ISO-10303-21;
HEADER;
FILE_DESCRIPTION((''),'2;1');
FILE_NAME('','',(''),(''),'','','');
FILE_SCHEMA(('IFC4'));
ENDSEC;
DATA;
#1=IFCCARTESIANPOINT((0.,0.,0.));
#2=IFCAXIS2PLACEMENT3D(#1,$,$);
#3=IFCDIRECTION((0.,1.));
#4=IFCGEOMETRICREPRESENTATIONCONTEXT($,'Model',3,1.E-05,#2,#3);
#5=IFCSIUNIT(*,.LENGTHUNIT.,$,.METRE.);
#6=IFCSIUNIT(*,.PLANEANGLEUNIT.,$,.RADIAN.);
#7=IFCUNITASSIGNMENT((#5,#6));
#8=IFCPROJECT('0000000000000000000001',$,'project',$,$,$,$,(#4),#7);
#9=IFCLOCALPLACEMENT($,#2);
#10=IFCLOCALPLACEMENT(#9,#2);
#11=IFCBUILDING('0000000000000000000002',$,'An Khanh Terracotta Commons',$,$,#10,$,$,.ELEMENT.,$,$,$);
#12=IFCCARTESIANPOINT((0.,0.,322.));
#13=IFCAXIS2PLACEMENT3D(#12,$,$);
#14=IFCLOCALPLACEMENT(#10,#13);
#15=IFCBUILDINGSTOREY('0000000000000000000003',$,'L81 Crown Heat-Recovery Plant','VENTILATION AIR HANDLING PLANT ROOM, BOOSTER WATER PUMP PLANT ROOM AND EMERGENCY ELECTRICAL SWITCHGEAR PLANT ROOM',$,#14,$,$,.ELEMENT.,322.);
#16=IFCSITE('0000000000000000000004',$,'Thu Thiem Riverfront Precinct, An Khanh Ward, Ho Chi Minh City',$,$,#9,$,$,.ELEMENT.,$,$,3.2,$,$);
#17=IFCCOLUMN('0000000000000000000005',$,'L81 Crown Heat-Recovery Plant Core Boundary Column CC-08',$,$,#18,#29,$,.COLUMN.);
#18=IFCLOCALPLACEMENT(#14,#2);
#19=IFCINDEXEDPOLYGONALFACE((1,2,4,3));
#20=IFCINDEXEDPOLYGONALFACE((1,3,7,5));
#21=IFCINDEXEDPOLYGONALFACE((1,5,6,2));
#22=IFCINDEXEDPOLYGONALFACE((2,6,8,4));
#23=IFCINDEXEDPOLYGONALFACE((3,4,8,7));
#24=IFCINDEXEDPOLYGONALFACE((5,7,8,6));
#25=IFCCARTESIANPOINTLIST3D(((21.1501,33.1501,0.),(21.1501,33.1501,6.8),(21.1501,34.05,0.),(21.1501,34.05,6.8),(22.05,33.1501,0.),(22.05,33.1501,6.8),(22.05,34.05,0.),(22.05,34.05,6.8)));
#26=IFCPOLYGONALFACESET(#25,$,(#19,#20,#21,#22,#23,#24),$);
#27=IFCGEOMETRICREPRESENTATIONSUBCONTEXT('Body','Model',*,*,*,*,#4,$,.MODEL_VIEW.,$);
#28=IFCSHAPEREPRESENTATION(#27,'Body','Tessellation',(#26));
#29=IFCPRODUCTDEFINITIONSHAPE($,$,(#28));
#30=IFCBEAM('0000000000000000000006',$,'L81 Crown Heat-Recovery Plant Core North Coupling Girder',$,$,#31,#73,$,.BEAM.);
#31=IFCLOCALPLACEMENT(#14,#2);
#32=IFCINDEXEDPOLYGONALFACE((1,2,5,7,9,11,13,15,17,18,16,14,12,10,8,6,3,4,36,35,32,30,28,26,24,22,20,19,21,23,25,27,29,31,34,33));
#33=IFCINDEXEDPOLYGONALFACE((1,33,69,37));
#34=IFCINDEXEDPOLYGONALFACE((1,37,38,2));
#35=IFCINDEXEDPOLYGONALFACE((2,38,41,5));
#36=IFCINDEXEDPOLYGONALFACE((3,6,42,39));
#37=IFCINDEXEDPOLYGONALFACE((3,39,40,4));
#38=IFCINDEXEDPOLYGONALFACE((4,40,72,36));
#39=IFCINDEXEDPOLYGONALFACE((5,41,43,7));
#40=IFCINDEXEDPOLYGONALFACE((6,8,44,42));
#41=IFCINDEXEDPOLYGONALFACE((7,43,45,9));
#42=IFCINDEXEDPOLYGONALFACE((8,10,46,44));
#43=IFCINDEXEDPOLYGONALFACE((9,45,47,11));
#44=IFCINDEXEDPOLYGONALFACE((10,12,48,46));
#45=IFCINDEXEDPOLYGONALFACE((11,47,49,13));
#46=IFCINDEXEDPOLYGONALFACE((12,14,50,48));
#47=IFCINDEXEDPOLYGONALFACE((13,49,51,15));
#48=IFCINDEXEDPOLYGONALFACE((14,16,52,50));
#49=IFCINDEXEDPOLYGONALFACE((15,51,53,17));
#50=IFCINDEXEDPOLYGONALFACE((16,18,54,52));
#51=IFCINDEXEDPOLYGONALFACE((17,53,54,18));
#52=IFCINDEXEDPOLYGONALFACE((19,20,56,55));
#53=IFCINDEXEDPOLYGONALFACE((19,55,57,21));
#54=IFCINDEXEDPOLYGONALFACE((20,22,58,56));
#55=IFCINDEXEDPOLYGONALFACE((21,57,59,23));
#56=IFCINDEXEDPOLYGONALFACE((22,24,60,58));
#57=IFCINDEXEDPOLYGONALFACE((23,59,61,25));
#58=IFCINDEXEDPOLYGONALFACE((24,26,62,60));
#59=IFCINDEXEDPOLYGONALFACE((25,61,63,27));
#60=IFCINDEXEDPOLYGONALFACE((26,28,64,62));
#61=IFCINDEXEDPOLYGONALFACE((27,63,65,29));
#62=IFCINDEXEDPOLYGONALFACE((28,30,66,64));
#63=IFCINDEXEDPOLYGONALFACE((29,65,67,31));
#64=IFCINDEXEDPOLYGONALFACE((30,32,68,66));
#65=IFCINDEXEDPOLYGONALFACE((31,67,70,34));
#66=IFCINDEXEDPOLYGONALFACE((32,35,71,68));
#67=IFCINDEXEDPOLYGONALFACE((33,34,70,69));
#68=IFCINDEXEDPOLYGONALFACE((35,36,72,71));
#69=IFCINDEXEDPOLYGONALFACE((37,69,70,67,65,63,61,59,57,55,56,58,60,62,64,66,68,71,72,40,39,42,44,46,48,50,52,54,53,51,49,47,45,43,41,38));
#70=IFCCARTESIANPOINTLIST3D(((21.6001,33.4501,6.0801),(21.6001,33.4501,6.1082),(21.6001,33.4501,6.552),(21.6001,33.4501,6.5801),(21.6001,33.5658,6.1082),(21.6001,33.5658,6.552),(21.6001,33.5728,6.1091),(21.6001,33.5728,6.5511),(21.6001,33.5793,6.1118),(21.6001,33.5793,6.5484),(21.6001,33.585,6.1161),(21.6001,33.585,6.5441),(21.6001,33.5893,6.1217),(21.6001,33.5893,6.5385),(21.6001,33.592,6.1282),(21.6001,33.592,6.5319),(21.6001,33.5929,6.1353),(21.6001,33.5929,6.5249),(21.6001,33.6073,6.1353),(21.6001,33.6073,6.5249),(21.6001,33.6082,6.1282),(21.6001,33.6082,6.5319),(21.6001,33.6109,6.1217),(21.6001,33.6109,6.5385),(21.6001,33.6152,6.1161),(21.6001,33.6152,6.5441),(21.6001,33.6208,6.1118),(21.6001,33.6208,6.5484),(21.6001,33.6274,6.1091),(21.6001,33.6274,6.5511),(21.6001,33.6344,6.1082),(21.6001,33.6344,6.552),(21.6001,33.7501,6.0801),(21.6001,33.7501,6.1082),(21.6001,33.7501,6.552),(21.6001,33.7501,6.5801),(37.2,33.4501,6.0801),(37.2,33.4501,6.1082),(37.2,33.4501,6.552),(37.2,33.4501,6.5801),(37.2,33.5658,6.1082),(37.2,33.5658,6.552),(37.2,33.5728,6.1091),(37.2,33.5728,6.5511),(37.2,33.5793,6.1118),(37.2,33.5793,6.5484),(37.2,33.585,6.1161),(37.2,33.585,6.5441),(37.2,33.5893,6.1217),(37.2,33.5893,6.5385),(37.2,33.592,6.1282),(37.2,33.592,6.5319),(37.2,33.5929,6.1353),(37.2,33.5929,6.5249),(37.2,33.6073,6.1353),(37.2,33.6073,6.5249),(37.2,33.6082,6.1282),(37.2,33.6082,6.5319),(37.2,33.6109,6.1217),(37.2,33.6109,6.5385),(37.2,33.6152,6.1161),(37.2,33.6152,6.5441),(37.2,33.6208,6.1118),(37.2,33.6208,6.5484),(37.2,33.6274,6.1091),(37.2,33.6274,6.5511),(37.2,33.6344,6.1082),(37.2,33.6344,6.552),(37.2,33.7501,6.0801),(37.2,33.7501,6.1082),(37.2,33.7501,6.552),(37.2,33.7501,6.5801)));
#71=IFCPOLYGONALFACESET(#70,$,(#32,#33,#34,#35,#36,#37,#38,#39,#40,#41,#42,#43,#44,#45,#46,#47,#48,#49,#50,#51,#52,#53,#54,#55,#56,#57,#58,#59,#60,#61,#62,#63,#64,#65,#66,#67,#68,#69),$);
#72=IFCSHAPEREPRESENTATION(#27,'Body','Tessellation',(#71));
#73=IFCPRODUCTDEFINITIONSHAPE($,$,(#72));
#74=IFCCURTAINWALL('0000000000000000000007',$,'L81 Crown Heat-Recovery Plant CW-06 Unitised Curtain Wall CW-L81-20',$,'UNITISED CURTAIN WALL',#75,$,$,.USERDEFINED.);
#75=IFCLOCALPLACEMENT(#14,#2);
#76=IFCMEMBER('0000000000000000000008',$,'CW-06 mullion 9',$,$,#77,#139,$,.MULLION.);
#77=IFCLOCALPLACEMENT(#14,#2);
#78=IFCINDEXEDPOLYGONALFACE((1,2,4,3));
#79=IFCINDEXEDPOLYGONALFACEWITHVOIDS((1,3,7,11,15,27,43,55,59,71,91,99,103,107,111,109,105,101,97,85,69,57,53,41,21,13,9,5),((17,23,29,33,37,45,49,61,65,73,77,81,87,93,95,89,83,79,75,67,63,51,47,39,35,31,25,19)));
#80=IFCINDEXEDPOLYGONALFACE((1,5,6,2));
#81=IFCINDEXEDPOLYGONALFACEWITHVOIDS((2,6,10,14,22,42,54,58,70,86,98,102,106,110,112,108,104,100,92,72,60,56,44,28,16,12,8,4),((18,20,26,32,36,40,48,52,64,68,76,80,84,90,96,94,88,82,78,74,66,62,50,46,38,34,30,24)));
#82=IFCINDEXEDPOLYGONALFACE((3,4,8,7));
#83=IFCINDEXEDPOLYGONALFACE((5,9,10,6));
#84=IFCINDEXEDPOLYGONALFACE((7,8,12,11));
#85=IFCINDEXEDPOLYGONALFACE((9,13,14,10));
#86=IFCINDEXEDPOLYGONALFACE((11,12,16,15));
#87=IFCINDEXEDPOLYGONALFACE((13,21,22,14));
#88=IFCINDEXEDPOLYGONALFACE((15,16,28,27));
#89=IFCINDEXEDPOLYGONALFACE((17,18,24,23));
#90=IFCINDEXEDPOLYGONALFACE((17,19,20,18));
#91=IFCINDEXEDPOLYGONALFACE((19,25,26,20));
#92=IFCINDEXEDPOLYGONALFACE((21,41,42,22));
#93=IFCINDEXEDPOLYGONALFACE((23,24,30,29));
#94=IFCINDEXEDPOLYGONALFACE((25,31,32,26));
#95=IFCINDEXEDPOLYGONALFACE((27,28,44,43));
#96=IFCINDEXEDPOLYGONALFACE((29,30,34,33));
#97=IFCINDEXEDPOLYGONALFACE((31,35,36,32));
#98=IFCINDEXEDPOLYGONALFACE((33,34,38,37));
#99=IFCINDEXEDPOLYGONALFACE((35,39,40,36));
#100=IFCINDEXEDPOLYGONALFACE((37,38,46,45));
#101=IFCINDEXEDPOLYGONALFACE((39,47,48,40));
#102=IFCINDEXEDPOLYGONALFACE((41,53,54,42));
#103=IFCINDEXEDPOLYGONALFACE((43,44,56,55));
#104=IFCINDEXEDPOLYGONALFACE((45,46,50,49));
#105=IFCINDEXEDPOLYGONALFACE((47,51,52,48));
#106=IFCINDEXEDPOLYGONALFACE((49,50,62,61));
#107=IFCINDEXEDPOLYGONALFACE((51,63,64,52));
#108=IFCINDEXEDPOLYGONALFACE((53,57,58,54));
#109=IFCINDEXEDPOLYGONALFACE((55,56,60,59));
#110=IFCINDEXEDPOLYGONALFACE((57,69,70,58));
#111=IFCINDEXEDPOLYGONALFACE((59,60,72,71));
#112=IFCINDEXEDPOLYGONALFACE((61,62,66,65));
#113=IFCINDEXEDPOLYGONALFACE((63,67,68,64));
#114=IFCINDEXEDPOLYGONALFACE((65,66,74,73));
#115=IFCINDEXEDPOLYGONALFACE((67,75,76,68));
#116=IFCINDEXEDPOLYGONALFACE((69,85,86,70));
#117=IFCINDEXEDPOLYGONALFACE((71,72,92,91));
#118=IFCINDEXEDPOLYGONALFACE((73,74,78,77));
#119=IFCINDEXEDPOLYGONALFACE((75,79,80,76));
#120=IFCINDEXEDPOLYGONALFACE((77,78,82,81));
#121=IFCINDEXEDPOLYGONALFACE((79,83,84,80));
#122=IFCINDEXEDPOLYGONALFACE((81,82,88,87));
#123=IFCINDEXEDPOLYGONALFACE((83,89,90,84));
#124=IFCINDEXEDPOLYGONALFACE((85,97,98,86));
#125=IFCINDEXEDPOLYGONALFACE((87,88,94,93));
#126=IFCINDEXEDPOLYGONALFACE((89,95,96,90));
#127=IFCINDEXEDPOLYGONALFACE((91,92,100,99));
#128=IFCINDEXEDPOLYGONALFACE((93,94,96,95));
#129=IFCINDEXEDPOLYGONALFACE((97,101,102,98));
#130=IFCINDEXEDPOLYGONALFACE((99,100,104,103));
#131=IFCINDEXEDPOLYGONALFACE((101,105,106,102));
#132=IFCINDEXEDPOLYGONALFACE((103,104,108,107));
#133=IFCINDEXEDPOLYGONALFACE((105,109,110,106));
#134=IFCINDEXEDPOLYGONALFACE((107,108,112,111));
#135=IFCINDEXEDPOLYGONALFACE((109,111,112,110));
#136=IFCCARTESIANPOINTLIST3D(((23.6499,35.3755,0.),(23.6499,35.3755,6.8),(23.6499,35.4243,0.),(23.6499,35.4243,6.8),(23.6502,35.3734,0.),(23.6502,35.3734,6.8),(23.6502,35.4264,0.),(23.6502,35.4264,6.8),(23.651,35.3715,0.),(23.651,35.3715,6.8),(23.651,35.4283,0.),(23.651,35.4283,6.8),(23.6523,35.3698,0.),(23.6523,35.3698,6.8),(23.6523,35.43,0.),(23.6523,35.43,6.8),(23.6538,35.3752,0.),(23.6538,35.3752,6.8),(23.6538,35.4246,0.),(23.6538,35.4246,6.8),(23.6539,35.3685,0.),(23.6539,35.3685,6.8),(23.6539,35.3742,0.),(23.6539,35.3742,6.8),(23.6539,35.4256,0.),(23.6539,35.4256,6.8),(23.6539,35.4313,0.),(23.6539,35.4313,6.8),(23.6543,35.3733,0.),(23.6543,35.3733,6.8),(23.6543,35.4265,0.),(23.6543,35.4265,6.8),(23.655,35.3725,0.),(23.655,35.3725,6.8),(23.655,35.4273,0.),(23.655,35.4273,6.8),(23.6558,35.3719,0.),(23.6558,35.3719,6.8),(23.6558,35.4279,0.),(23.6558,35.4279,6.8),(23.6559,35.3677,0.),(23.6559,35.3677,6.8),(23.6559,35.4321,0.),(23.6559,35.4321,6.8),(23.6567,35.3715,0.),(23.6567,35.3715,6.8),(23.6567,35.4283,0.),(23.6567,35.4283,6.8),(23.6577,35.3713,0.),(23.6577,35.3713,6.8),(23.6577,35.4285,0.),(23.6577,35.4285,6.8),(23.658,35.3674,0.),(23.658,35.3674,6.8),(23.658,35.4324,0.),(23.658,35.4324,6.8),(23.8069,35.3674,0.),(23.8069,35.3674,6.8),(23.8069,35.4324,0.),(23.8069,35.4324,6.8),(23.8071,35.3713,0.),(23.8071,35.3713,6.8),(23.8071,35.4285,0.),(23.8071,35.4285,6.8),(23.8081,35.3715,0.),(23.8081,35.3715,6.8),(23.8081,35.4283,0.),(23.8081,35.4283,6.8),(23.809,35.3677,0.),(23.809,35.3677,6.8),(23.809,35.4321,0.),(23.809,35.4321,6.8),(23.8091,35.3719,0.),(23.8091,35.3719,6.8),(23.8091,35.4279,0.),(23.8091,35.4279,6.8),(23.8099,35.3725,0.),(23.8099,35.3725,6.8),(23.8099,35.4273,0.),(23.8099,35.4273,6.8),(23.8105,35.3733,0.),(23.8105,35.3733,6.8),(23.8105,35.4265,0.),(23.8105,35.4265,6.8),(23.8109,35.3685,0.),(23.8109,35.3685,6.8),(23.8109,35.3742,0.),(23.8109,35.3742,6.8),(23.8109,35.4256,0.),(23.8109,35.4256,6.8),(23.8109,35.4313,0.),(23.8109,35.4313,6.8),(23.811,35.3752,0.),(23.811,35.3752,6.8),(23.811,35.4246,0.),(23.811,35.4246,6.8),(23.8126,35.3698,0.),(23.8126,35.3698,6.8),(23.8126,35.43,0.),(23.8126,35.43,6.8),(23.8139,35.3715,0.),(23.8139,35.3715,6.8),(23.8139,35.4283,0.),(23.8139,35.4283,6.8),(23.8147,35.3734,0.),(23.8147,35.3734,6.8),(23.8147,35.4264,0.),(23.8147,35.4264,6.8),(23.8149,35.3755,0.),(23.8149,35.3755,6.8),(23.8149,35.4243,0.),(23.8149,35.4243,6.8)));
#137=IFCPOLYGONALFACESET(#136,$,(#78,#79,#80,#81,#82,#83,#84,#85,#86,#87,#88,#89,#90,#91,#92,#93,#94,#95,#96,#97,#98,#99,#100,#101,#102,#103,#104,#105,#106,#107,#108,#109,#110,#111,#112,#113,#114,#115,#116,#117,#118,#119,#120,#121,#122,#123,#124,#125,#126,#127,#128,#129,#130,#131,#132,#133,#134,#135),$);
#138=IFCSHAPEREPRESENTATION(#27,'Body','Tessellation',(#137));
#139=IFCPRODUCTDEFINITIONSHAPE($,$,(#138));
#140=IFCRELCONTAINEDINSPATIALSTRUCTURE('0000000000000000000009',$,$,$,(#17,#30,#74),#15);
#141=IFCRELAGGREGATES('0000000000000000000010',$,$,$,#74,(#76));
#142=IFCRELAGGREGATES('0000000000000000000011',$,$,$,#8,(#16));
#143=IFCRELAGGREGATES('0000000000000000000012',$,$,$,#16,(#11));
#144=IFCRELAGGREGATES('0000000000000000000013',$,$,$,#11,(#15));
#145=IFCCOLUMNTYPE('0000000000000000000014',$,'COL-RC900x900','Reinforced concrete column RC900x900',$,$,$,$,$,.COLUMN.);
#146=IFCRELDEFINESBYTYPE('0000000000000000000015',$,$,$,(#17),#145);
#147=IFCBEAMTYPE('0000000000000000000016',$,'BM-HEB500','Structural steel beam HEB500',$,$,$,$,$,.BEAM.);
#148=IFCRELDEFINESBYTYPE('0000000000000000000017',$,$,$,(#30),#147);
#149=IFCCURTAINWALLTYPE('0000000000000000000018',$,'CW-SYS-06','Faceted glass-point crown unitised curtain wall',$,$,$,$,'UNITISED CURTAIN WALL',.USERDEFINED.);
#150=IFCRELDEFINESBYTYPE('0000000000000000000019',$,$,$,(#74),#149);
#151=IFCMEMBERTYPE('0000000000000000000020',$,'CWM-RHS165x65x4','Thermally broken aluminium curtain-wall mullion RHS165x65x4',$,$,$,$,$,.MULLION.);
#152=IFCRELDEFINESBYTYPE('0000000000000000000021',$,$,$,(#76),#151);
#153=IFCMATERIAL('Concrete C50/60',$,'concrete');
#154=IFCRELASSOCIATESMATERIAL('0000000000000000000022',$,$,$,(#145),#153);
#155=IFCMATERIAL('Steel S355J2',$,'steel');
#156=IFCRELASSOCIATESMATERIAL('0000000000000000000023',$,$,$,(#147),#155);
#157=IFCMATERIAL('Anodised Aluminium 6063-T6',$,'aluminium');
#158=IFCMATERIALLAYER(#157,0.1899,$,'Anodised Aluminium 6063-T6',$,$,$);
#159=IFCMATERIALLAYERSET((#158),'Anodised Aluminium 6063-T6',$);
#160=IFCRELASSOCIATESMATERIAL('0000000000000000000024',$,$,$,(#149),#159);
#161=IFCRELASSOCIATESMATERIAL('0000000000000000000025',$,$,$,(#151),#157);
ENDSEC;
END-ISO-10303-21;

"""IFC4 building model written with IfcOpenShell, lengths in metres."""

from ifc_helpers import new_model, si_unit, direction, frame, origin, origin_2d, place, context, subcontext, project, spatial, rectangle, hollow_rectangle, i_section, extrude, material, layer, layer_set, material_profile, profile_set, type_object, element, aggregate, save


model = new_model("IFC4")

# Units and contexts
model_context = context("Model", 3, precision=1e-05, world=origin(), true_north=direction((0.0, 1.0)))
body_context = subcontext(model_context, "Body", "Model", "MODEL_VIEW")
ifc_project = project(units=[si_unit("LENGTHUNIT", "METRE"), si_unit("PLANEANGLEUNIT", "RADIAN")], contexts=[model_context])

# Site, building, storey
site_placement = place(None, origin())
site = spatial("IfcSite", under=ifc_project, at=site_placement, Name="Thu Thiem Riverfront Precinct, An Khanh Ward, Ho Chi Minh City", CompositionType="ELEMENT", RefElevation=3.2)
building_placement = place(site_placement, origin())
building = spatial("IfcBuilding", under=site, at=building_placement, Name="An Khanh Terracotta Commons", CompositionType="ELEMENT")
storey_placement = place(building_placement, frame((0.0, 0.0, 322.0)))
storey = spatial("IfcBuildingStorey", under=building, at=storey_placement, Name="L81 Crown Heat-Recovery Plant", Description="VENTILATION AIR HANDLING PLANT ROOM, BOOSTER WATER PUMP PLANT ROOM AND EMERGENCY ELECTRICAL SWITCHGEAR PLANT ROOM", CompositionType="ELEMENT", Elevation=322.0)

# Column
ifc_material_1 = material(Name="Concrete C50/60", Category="concrete")
ifc_material_profile_1 = material_profile(ifc_material_1, rectangle(XDim=0.8999, YDim=0.8999, at=origin_2d()), Name="RC900x900")
ifc_profile_set_1 = profile_set([ifc_material_profile_1], Name="Concrete C50/60")
column_type = type_object("IfcColumnType", Name="COL-RC900x900", Description="Reinforced concrete column RC900x900", PredefinedType="COLUMN", material=ifc_profile_set_1)
column_placement = place(storey_placement, frame((21.6001, 33.6001, 0.0), z_axis=(0.0, 0.0, 1.0), x_axis=(1.0, 0.0, 0.0)))
element("IfcColumn", 1, at=column_placement, inside=storey, type_object=column_type, Name="L81 Crown Heat-Recovery Plant Core Boundary Column CC-08", PredefinedType="COLUMN", context=body_context, shape_type="SweptSolid", body=[
    extrude(rectangle(XDim=0.8999, YDim=0.8999, at=origin_2d()), origin(), (0.0, 0.0, 1.0), 6.8),
])

# Beam
ifc_material_2 = material(Name="Steel S355J2", Category="steel")
ifc_material_profile_2 = material_profile(ifc_material_2, i_section(OverallWidth=0.3, OverallDepth=0.5, WebThickness=0.0144, FlangeThickness=0.0281, FilletRadius=0.0271, at=origin_2d()), Name="HEB500")
ifc_profile_set_2 = profile_set([ifc_material_profile_2], Name="Steel S355J2")
beam_type = type_object("IfcBeamType", Name="BM-HEB500", Description="Structural steel beam HEB500", PredefinedType="BEAM", material=ifc_profile_set_2)
beam_placement = place(storey_placement, frame((21.6001, 33.6001, 6.3301), z_axis=(1.0, 0.0, 0.0), x_axis=(0.0, 1.0, 0.0)))
element("IfcBeam", 2, at=beam_placement, inside=storey, type_object=beam_type, Name="L81 Crown Heat-Recovery Plant Core North Coupling Girder", PredefinedType="BEAM", context=body_context, shape_type="SweptSolid", body=[
    extrude(i_section(OverallWidth=0.3, OverallDepth=0.5, WebThickness=0.0144, FlangeThickness=0.0281, FilletRadius=0.0271, at=origin_2d()), origin(), (0.0, 0.0, 1.0), 15.5999),
])

# Curtain wall, member
ifc_material_3 = material(Name="Anodised Aluminium 6063-T6", Category="aluminium")
ifc_layer_1 = layer(ifc_material_3, 0.1899, Name="Anodised Aluminium 6063-T6")
ifc_layer_set_1 = layer_set([ifc_layer_1], Name="Anodised Aluminium 6063-T6")
curtain_wall_type = type_object("IfcCurtainWallType", Name="CW-SYS-06", Description="Faceted glass-point crown unitised curtain wall", ElementType="UNITISED CURTAIN WALL", PredefinedType="USERDEFINED", material=ifc_layer_set_1)
curtain_wall_1_placement = place(storey_placement, origin())
curtain_wall_1 = element("IfcCurtainWall", 3, at=curtain_wall_1_placement, inside=storey, type_object=curtain_wall_type, Name="L81 Crown Heat-Recovery Plant CW-06 Unitised Curtain Wall CW-L81-20", ObjectType="UNITISED CURTAIN WALL", PredefinedType="USERDEFINED")
ifc_material_profile_3 = material_profile(ifc_material_3, hollow_rectangle(XDim=0.0649, YDim=0.165, WallThickness=0.0039, InnerFilletRadius=0.0039, OuterFilletRadius=0.0081, at=origin_2d()), Name="RHS165x65x4")
ifc_profile_set_3 = profile_set([ifc_material_profile_3], Name="Anodised Aluminium 6063-T6")
member_type_1 = type_object("IfcMemberType", Name="CWM-RHS165x65x4", Description="Thermally broken aluminium curtain-wall mullion RHS165x65x4", PredefinedType="MULLION", material=ifc_profile_set_3)
member_1_placement = place(storey_placement, frame((23.7324, 35.3999, 0.0), z_axis=(0.0, 0.0, 1.0), x_axis=(0.0, -1.0, 0.0)))
member_1 = element("IfcMember", 4, at=member_1_placement, type_object=member_type_1, Name="CW-06 mullion 9", PredefinedType="MULLION", context=body_context, shape_type="SweptSolid", body=[
    extrude(hollow_rectangle(XDim=0.0649, YDim=0.165, WallThickness=0.0039, InnerFilletRadius=0.0039, OuterFilletRadius=0.0081, at=origin_2d()), origin(), (0.0, 0.0, 1.0), 6.8),
])

aggregate(curtain_wall_1, [member_1])

save(model, "model.ifc")
